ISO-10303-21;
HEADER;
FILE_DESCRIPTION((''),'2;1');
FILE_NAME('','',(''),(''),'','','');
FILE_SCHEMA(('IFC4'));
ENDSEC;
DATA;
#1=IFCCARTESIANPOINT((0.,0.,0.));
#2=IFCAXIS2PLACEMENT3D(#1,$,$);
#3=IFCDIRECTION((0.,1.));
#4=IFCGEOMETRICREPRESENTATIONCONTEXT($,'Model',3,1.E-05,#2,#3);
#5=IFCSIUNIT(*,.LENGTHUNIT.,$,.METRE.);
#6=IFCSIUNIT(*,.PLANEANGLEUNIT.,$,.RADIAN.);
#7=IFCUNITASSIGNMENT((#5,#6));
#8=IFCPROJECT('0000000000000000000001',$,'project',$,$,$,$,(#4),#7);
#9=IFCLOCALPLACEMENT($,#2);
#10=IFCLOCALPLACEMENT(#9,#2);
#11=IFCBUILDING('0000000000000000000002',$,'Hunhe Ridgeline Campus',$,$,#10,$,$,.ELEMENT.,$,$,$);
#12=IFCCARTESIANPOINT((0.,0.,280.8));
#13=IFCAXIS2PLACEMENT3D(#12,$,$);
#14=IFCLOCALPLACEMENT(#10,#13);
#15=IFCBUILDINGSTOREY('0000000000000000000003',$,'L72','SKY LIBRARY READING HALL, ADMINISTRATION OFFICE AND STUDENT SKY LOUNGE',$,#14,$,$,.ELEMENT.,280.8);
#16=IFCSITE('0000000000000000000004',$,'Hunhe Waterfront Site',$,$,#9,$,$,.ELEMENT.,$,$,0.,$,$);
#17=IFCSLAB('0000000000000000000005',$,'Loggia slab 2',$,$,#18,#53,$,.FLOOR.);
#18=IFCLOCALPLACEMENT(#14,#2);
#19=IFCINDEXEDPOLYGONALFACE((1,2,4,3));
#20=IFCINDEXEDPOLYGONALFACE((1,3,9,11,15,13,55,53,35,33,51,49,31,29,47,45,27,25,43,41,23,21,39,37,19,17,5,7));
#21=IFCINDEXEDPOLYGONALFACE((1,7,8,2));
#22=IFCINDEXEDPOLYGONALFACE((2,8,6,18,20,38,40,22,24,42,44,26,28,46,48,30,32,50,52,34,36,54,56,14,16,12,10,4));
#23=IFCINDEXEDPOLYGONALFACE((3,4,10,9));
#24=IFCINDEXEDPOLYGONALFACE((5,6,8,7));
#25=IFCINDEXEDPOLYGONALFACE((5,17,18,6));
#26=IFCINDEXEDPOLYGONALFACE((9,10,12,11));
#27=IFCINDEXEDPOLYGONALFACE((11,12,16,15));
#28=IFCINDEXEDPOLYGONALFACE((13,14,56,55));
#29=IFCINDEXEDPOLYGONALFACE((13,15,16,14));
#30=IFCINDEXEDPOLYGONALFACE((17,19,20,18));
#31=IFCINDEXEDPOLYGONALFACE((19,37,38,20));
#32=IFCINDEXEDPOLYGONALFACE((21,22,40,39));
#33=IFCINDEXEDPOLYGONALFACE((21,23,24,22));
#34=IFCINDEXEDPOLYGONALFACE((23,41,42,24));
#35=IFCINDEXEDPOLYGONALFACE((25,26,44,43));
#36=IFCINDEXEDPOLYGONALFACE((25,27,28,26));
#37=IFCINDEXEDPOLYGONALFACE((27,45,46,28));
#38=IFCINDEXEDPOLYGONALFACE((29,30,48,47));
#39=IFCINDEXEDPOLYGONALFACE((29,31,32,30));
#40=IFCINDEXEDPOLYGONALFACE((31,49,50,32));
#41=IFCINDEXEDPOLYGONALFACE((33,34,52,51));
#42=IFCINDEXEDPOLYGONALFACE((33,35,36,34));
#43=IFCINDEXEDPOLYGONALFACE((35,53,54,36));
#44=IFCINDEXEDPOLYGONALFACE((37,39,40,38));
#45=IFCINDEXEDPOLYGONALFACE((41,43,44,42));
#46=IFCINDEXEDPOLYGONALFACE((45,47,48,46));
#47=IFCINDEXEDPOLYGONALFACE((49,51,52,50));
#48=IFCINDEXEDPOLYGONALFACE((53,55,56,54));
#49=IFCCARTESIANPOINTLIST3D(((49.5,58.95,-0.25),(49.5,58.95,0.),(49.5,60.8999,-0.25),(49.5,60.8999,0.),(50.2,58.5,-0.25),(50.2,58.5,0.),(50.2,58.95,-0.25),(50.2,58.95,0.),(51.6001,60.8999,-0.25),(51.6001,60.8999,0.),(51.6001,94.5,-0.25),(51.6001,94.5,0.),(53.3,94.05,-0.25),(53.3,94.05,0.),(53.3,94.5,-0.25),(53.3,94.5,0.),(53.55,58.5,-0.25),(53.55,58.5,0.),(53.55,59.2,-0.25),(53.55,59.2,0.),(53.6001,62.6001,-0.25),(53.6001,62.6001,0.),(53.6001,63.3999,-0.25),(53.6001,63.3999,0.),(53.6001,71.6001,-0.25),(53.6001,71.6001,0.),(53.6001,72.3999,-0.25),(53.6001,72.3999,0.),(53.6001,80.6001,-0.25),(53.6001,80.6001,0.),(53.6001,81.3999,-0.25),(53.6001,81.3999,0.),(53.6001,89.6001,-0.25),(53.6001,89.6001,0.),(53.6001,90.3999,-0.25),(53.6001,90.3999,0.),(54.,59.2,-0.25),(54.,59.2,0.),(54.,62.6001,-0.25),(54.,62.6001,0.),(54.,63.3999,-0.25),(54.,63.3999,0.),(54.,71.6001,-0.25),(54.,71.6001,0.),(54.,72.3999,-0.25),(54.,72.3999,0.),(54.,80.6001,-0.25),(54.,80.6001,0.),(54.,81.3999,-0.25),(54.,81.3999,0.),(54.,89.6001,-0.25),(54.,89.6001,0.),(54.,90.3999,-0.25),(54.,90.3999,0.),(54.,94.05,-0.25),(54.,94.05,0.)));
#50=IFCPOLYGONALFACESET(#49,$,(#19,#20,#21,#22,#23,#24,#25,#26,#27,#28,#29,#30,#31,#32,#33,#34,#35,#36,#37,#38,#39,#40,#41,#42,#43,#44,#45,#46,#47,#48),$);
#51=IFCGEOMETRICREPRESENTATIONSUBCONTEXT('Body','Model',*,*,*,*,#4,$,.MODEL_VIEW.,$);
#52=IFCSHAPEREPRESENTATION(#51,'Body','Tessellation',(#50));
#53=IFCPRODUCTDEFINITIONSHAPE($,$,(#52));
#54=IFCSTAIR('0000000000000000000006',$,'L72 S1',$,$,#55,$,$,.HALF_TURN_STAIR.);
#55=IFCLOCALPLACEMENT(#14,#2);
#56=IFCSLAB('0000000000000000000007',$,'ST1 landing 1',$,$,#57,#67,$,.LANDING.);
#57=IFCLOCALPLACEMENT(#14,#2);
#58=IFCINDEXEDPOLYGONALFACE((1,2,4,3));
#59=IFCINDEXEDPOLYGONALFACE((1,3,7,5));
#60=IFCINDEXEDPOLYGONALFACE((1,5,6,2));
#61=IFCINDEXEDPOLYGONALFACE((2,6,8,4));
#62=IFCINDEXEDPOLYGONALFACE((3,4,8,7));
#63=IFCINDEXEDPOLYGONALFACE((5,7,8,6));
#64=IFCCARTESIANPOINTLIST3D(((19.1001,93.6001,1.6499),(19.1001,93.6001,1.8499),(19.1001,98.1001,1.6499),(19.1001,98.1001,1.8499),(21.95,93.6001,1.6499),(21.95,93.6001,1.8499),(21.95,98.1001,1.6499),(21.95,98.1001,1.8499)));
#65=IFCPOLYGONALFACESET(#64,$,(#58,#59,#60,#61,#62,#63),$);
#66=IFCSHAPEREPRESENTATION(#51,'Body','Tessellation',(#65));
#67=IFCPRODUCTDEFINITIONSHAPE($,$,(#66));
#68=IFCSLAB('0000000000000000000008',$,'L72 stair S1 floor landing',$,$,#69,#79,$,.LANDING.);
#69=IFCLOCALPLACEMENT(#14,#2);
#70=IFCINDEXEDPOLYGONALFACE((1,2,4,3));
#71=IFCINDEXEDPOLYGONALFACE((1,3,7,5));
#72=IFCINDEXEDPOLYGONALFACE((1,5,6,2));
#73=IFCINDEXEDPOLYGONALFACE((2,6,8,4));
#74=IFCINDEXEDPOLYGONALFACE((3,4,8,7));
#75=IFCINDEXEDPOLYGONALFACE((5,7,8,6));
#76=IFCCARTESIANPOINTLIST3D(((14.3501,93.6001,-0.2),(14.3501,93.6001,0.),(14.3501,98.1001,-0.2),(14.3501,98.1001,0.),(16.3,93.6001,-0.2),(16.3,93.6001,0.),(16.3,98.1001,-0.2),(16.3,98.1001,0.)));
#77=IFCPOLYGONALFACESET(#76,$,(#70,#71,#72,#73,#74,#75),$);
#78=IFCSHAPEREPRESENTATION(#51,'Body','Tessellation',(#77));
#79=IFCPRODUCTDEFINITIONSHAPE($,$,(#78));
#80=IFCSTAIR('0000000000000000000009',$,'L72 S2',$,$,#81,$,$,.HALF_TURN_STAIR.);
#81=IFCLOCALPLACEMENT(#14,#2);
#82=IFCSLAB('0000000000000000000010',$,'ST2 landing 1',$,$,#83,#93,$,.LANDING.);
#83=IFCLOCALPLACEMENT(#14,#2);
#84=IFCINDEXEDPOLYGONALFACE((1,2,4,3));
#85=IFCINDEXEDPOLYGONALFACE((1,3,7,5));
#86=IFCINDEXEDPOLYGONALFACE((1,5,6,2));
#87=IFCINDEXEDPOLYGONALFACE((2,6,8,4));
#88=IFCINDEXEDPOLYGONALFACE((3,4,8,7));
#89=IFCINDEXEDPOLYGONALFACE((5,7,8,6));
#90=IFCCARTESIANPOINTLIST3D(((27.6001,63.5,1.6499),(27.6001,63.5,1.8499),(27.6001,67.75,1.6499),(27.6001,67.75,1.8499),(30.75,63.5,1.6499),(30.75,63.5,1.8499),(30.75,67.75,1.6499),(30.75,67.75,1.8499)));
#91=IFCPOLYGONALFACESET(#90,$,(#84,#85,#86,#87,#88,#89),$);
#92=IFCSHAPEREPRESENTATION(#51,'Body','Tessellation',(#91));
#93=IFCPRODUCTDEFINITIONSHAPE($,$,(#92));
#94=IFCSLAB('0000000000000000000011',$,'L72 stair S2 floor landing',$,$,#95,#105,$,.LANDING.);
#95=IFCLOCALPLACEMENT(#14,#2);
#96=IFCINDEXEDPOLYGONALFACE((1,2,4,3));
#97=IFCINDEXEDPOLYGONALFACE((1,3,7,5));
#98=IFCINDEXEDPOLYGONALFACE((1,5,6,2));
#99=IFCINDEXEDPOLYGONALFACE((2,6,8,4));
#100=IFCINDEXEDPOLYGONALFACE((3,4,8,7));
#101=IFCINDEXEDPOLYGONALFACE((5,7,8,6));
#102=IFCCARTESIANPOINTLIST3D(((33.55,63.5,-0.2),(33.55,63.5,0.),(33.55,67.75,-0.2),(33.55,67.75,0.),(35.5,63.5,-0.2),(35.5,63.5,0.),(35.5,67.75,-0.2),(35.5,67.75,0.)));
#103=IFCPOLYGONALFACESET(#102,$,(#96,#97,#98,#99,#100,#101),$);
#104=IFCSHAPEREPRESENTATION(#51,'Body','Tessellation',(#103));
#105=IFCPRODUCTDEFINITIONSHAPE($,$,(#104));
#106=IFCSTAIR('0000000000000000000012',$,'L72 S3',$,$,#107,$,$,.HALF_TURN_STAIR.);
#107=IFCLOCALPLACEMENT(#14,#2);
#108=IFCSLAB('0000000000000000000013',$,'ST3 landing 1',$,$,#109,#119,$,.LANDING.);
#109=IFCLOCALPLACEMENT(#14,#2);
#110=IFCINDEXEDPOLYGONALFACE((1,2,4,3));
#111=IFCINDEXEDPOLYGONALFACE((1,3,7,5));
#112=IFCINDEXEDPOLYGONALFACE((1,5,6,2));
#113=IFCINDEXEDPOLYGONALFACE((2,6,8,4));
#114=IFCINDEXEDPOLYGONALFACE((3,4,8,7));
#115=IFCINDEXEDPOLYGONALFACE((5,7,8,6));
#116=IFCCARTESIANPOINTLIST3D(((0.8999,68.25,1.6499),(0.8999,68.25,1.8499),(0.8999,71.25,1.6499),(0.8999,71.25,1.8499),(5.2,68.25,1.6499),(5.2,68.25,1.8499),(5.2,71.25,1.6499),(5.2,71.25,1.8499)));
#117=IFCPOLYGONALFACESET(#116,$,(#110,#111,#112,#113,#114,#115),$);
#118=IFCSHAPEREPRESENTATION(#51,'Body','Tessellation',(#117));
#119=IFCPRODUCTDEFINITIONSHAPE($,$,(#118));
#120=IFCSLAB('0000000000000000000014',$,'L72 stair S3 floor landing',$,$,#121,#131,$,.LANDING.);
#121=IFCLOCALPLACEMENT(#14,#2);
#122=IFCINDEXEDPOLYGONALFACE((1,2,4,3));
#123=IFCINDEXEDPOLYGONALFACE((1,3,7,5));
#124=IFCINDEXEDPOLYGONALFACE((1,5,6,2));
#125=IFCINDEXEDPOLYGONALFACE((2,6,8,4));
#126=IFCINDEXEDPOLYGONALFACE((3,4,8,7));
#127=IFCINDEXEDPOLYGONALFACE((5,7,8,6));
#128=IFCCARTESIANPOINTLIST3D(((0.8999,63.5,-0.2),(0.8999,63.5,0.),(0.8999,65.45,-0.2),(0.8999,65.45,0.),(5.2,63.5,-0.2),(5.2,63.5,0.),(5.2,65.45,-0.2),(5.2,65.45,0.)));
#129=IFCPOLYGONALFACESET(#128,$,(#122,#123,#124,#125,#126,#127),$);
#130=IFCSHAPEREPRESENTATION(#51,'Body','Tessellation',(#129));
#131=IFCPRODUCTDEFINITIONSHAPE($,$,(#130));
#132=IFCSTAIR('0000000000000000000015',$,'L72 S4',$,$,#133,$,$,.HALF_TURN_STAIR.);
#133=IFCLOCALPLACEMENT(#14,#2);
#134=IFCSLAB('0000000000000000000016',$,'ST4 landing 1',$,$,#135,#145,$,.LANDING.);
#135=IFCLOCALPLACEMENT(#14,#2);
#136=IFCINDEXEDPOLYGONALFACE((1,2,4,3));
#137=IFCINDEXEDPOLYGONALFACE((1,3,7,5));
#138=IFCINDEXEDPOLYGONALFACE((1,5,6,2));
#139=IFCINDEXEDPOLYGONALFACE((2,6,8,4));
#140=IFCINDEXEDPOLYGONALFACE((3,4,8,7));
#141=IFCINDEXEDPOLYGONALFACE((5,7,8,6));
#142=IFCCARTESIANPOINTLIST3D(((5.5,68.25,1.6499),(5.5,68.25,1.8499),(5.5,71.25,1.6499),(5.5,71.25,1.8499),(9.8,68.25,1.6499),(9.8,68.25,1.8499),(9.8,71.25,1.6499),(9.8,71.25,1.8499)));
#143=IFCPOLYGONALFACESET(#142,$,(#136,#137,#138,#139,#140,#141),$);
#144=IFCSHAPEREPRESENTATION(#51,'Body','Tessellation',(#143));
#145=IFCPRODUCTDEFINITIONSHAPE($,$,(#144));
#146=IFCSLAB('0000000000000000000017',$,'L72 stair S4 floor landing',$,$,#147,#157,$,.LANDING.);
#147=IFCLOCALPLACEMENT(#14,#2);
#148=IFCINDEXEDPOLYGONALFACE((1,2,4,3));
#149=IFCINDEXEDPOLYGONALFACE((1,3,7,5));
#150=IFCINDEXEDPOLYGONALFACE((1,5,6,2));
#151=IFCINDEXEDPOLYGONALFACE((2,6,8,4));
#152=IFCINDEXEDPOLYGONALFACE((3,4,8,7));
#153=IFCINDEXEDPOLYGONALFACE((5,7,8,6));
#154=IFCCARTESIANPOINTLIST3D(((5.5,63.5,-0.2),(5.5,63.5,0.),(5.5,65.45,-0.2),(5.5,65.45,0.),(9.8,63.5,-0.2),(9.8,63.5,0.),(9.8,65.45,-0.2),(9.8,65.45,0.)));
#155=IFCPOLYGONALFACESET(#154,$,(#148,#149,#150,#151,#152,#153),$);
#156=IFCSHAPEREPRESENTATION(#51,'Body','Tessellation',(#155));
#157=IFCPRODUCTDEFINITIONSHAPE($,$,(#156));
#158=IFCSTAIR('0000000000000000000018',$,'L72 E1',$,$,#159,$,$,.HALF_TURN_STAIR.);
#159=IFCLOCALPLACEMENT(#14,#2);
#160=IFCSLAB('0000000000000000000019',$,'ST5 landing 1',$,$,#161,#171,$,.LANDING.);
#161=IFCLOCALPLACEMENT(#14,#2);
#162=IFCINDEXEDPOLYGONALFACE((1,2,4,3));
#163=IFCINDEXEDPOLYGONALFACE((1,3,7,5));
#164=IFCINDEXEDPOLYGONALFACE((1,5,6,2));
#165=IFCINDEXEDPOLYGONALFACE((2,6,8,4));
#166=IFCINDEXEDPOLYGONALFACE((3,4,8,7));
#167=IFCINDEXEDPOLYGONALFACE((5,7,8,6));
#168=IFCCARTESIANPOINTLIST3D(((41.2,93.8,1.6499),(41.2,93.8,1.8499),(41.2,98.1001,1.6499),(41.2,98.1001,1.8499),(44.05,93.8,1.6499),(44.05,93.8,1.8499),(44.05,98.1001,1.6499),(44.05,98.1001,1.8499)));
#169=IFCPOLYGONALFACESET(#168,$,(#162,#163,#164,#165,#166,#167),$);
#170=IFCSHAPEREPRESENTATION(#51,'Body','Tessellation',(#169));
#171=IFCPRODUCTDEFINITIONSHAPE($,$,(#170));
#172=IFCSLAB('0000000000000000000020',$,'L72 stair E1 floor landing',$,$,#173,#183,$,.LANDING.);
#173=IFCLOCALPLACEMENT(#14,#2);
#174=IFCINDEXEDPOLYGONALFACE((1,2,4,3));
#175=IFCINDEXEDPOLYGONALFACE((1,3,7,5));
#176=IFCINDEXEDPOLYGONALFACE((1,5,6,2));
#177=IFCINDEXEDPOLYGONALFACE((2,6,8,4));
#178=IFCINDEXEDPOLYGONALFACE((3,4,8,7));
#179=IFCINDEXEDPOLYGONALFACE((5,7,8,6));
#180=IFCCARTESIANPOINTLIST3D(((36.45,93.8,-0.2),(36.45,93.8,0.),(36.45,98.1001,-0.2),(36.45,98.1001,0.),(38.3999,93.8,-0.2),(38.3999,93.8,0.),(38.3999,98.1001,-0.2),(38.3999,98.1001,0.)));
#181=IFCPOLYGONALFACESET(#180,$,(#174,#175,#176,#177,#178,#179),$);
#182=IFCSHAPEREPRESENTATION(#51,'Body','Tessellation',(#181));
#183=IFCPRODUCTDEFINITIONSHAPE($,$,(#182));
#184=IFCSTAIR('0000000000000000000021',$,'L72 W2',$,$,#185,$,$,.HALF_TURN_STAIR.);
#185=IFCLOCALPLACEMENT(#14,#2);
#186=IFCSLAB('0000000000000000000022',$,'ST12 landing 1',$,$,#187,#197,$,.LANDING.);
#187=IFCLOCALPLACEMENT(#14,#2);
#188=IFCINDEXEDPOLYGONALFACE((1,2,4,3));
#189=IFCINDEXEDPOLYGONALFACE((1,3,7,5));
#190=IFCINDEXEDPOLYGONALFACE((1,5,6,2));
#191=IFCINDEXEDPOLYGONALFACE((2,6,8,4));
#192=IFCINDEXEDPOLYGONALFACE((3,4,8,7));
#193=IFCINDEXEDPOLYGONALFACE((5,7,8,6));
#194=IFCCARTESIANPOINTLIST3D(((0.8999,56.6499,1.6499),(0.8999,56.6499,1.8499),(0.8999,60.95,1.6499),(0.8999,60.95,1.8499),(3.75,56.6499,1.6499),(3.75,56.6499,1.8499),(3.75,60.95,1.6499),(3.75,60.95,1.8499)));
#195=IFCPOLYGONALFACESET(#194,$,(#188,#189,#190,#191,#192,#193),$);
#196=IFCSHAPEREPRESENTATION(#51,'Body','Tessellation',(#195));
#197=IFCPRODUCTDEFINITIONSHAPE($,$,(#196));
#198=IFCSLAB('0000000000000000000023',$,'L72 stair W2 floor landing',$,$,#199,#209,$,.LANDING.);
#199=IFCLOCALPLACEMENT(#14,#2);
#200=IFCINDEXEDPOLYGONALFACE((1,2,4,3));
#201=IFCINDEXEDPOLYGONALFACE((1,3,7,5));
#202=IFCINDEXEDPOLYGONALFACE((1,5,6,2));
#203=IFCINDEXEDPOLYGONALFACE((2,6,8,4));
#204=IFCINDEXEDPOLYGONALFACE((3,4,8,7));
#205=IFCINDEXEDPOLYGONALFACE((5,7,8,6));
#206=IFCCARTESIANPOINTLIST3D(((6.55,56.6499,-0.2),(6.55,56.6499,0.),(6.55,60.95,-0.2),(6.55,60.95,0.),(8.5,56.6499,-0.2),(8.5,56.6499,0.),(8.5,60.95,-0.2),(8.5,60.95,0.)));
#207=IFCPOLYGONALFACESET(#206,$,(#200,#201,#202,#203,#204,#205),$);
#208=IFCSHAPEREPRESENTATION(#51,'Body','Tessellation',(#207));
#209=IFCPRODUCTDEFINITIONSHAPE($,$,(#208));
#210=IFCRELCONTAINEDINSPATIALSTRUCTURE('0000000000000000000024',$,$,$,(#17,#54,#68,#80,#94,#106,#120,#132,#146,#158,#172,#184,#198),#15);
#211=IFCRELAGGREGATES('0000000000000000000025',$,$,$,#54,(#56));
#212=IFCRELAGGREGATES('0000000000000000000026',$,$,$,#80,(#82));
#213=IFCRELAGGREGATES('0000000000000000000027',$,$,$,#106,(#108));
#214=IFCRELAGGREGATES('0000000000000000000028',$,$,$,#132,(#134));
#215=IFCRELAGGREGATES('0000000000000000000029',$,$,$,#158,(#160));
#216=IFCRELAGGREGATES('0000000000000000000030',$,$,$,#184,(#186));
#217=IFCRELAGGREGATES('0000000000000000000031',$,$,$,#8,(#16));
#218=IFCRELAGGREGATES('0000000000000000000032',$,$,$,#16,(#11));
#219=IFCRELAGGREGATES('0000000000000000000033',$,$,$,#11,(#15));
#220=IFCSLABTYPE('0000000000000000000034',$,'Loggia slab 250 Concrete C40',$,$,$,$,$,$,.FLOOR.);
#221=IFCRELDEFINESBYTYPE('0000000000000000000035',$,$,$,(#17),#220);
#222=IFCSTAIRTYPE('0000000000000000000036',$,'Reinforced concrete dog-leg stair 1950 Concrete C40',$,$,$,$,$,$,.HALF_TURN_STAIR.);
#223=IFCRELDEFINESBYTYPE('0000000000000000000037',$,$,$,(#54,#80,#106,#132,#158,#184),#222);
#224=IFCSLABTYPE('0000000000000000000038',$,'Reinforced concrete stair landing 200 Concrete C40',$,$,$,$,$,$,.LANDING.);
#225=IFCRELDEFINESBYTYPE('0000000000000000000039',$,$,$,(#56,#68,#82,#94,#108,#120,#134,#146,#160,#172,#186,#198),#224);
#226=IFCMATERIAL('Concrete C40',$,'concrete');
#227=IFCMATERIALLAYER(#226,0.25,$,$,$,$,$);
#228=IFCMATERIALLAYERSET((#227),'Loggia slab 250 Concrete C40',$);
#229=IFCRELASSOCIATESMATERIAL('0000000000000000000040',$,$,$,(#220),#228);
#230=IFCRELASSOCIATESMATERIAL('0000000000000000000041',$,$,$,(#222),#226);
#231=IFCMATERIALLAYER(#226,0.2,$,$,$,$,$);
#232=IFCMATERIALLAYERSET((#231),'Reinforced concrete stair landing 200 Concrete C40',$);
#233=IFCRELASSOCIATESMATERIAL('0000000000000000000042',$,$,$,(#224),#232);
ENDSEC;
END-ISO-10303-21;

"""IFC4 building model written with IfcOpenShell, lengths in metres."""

from ifc_helpers import new_model, si_unit, direction, frame, origin, place, context, subcontext, project, spatial, polyline, outline, extrude, material, layer, layer_set, type_object, element, aggregate, save


model = new_model("IFC4")

# Units and contexts
model_context = context("Model", 3, precision=1e-05, world=origin(), true_north=direction((0.0, 1.0)))
body_context = subcontext(model_context, "Body", "Model", "MODEL_VIEW")
ifc_project = project(units=[si_unit("LENGTHUNIT", "METRE"), si_unit("PLANEANGLEUNIT", "RADIAN")], contexts=[model_context])

# Site, building, storey
site_placement = place(None, origin())
site = spatial("IfcSite", under=ifc_project, at=site_placement, Name="Hunhe Waterfront Site", CompositionType="ELEMENT", RefElevation=0.0)
building_placement = place(site_placement, origin())
building = spatial("IfcBuilding", under=site, at=building_placement, Name="Hunhe Ridgeline Campus", CompositionType="ELEMENT")
storey_placement = place(building_placement, frame((0.0, 0.0, 280.8)))
storey = spatial("IfcBuildingStorey", under=building, at=storey_placement, Name="L72", Description="SKY LIBRARY READING HALL, ADMINISTRATION OFFICE AND STUDENT SKY LOUNGE", CompositionType="ELEMENT", Elevation=280.8)

# Slab
ifc_material_1 = material(Name="Concrete C40", Category="concrete")
ifc_layer_1 = layer(ifc_material_1, 0.25)
ifc_layer_set_1 = layer_set([ifc_layer_1], Name="Loggia slab 250 Concrete C40")
slab_type_1 = type_object("IfcSlabType", Name="Loggia slab 250 Concrete C40", PredefinedType="FLOOR", material=ifc_layer_set_1)
slab_1_placement = place(storey_placement, frame((0.0, 0.0, -0.25)))
element("IfcSlab", 1, at=slab_1_placement, inside=storey, type_object=slab_type_1, Name="Loggia slab 2", PredefinedType="FLOOR", context=body_context, shape_type="SweptSolid", body=[
    extrude(outline(polyline([(49.5, 58.95), (50.2, 58.95), (50.2, 58.5), (53.55, 58.5), (53.55, 59.2), (54.0, 59.2), (54.0, 62.6001), (53.6001, 62.6001), (53.6001, 63.3999), (54.0, 63.3999), (54.0, 71.6001), (53.6001, 71.6001), (53.6001, 72.3999), (54.0, 72.3999), (54.0, 80.6001), (53.6001, 80.6001), (53.6001, 81.3999), (54.0, 81.3999), (54.0, 89.6001), (53.6001, 89.6001), (53.6001, 90.3999), (54.0, 90.3999), (54.0, 94.05), (53.3, 94.05), (53.3, 94.5), (51.6001, 94.5), (51.6001, 60.8999), (49.5, 60.8999), (49.5, 58.95)])), origin(), (0.0, 0.0, 1.0), 0.25),
])

# Stair, slab
stair_type = type_object("IfcStairType", Name="Reinforced concrete dog-leg stair 1950 Concrete C40", PredefinedType="HALF_TURN_STAIR", material=ifc_material_1)
stair_1_placement = place(storey_placement, origin())
stair_1 = element("IfcStair", 2, at=stair_1_placement, inside=storey, type_object=stair_type, Name="L72 S1", PredefinedType="HALF_TURN_STAIR")
ifc_layer_2 = layer(ifc_material_1, 0.2)
ifc_layer_set_2 = layer_set([ifc_layer_2], Name="Reinforced concrete stair landing 200 Concrete C40")
slab_type_2 = type_object("IfcSlabType", Name="Reinforced concrete stair landing 200 Concrete C40", PredefinedType="LANDING", material=ifc_layer_set_2)
slab_2_placement = place(storey_placement, frame((0.0, 0.0, 1.6499)))
slab_2 = element("IfcSlab", 3, at=slab_2_placement, type_object=slab_type_2, Name="ST1 landing 1", PredefinedType="LANDING", context=body_context, shape_type="SweptSolid", body=[
    extrude(outline(polyline([(19.1001, 93.6001), (21.95, 93.6001), (21.95, 98.1001), (19.1001, 98.1001), (19.1001, 93.6001)])), origin(), (0.0, 0.0, 1.0), 0.2),
])
aggregate(stair_1, [slab_2])

# Slab
slab_3_placement = place(storey_placement, frame((0.0, 0.0, -0.2)))
element("IfcSlab", 4, at=slab_3_placement, inside=storey, type_object=slab_type_2, Name="L72 stair S1 floor landing", PredefinedType="LANDING", context=body_context, shape_type="SweptSolid", body=[
    extrude(outline(polyline([(14.3501, 93.6001), (16.3, 93.6001), (16.3, 98.1001), (14.3501, 98.1001), (14.3501, 93.6001)])), origin(), (0.0, 0.0, 1.0), 0.2),
])

# Stair, slab
stair_2_placement = place(storey_placement, origin())
stair_2 = element("IfcStair", 5, at=stair_2_placement, inside=storey, type_object=stair_type, Name="L72 S2", PredefinedType="HALF_TURN_STAIR")
slab_4_placement = place(storey_placement, frame((0.0, 0.0, 1.6499)))
slab_4 = element("IfcSlab", 6, at=slab_4_placement, type_object=slab_type_2, Name="ST2 landing 1", PredefinedType="LANDING", context=body_context, shape_type="SweptSolid", body=[
    extrude(outline(polyline([(30.75, 67.75), (27.6001, 67.75), (27.6001, 63.5), (30.75, 63.5), (30.75, 67.75)])), origin(), (0.0, 0.0, 1.0), 0.2),
])
aggregate(stair_2, [slab_4])

# Slab
slab_5_placement = place(storey_placement, frame((0.0, 0.0, -0.2)))
element("IfcSlab", 7, at=slab_5_placement, inside=storey, type_object=slab_type_2, Name="L72 stair S2 floor landing", PredefinedType="LANDING", context=body_context, shape_type="SweptSolid", body=[
    extrude(outline(polyline([(35.5, 67.75), (33.55, 67.75), (33.55, 63.5), (35.5, 63.5), (35.5, 67.75)])), origin(), (0.0, 0.0, 1.0), 0.2),
])

# Stair, slab
stair_3_placement = place(storey_placement, origin())
stair_3 = element("IfcStair", 8, at=stair_3_placement, inside=storey, type_object=stair_type, Name="L72 S3", PredefinedType="HALF_TURN_STAIR")
slab_6_placement = place(storey_placement, frame((0.0, 0.0, 1.6499)))
slab_6 = element("IfcSlab", 9, at=slab_6_placement, type_object=slab_type_2, Name="ST3 landing 1", PredefinedType="LANDING", context=body_context, shape_type="SweptSolid", body=[
    extrude(outline(polyline([(5.2, 68.25), (5.2, 71.25), (0.8999, 71.25), (0.8999, 68.25), (5.2, 68.25)])), origin(), (0.0, 0.0, 1.0), 0.2),
])
aggregate(stair_3, [slab_6])

# Slab
slab_7_placement = place(storey_placement, frame((0.0, 0.0, -0.2)))
element("IfcSlab", 10, at=slab_7_placement, inside=storey, type_object=slab_type_2, Name="L72 stair S3 floor landing", PredefinedType="LANDING", context=body_context, shape_type="SweptSolid", body=[
    extrude(outline(polyline([(5.2, 63.5), (5.2, 65.45), (0.8999, 65.45), (0.8999, 63.5), (5.2, 63.5)])), origin(), (0.0, 0.0, 1.0), 0.2),
])

# Stair, slab
stair_4_placement = place(storey_placement, origin())
stair_4 = element("IfcStair", 11, at=stair_4_placement, inside=storey, type_object=stair_type, Name="L72 S4", PredefinedType="HALF_TURN_STAIR")
slab_8_placement = place(storey_placement, frame((0.0, 0.0, 1.6499)))
slab_8 = element("IfcSlab", 12, at=slab_8_placement, type_object=slab_type_2, Name="ST4 landing 1", PredefinedType="LANDING", context=body_context, shape_type="SweptSolid", body=[
    extrude(outline(polyline([(9.8, 68.25), (9.8, 71.25), (5.5, 71.25), (5.5, 68.25), (9.8, 68.25)])), origin(), (0.0, 0.0, 1.0), 0.2),
])
aggregate(stair_4, [slab_8])

# Slab
slab_9_placement = place(storey_placement, frame((0.0, 0.0, -0.2)))
element("IfcSlab", 13, at=slab_9_placement, inside=storey, type_object=slab_type_2, Name="L72 stair S4 floor landing", PredefinedType="LANDING", context=body_context, shape_type="SweptSolid", body=[
    extrude(outline(polyline([(9.8, 63.5), (9.8, 65.45), (5.5, 65.45), (5.5, 63.5), (9.8, 63.5)])), origin(), (0.0, 0.0, 1.0), 0.2),
])

# Stair, slab
stair_5_placement = place(storey_placement, origin())
stair_5 = element("IfcStair", 14, at=stair_5_placement, inside=storey, type_object=stair_type, Name="L72 E1", PredefinedType="HALF_TURN_STAIR")
slab_10_placement = place(storey_placement, frame((0.0, 0.0, 1.6499)))
slab_10 = element("IfcSlab", 15, at=slab_10_placement, type_object=slab_type_2, Name="ST5 landing 1", PredefinedType="LANDING", context=body_context, shape_type="SweptSolid", body=[
    extrude(outline(polyline([(41.2, 93.8), (44.05, 93.8), (44.05, 98.1001), (41.2, 98.1001), (41.2, 93.8)])), origin(), (0.0, 0.0, 1.0), 0.2),
])
aggregate(stair_5, [slab_10])

# Slab
slab_11_placement = place(storey_placement, frame((0.0, 0.0, -0.2)))
element("IfcSlab", 16, at=slab_11_placement, inside=storey, type_object=slab_type_2, Name="L72 stair E1 floor landing", PredefinedType="LANDING", context=body_context, shape_type="SweptSolid", body=[
    extrude(outline(polyline([(36.45, 93.8), (38.3999, 93.8), (38.3999, 98.1001), (36.45, 98.1001), (36.45, 93.8)])), origin(), (0.0, 0.0, 1.0), 0.2),
])

# Stair, slab
stair_6_placement = place(storey_placement, origin())
stair_6 = element("IfcStair", 17, at=stair_6_placement, inside=storey, type_object=stair_type, Name="L72 W2", PredefinedType="HALF_TURN_STAIR")
slab_12_placement = place(storey_placement, frame((0.0, 0.0, 1.6499)))
slab_12 = element("IfcSlab", 18, at=slab_12_placement, type_object=slab_type_2, Name="ST12 landing 1", PredefinedType="LANDING", context=body_context, shape_type="SweptSolid", body=[
    extrude(outline(polyline([(3.75, 60.95), (0.8999, 60.95), (0.8999, 56.6499), (3.75, 56.6499), (3.75, 60.95)])), origin(), (0.0, 0.0, 1.0), 0.2),
])
aggregate(stair_6, [slab_12])

# Slab
slab_13_placement = place(storey_placement, frame((0.0, 0.0, -0.2)))
element("IfcSlab", 19, at=slab_13_placement, inside=storey, type_object=slab_type_2, Name="L72 stair W2 floor landing", PredefinedType="LANDING", context=body_context, shape_type="SweptSolid", body=[
    extrude(outline(polyline([(8.5, 60.95), (6.55, 60.95), (6.55, 56.6499), (8.5, 56.6499), (8.5, 60.95)])), origin(), (0.0, 0.0, 1.0), 0.2),
])

save(model, "model.ifc")
